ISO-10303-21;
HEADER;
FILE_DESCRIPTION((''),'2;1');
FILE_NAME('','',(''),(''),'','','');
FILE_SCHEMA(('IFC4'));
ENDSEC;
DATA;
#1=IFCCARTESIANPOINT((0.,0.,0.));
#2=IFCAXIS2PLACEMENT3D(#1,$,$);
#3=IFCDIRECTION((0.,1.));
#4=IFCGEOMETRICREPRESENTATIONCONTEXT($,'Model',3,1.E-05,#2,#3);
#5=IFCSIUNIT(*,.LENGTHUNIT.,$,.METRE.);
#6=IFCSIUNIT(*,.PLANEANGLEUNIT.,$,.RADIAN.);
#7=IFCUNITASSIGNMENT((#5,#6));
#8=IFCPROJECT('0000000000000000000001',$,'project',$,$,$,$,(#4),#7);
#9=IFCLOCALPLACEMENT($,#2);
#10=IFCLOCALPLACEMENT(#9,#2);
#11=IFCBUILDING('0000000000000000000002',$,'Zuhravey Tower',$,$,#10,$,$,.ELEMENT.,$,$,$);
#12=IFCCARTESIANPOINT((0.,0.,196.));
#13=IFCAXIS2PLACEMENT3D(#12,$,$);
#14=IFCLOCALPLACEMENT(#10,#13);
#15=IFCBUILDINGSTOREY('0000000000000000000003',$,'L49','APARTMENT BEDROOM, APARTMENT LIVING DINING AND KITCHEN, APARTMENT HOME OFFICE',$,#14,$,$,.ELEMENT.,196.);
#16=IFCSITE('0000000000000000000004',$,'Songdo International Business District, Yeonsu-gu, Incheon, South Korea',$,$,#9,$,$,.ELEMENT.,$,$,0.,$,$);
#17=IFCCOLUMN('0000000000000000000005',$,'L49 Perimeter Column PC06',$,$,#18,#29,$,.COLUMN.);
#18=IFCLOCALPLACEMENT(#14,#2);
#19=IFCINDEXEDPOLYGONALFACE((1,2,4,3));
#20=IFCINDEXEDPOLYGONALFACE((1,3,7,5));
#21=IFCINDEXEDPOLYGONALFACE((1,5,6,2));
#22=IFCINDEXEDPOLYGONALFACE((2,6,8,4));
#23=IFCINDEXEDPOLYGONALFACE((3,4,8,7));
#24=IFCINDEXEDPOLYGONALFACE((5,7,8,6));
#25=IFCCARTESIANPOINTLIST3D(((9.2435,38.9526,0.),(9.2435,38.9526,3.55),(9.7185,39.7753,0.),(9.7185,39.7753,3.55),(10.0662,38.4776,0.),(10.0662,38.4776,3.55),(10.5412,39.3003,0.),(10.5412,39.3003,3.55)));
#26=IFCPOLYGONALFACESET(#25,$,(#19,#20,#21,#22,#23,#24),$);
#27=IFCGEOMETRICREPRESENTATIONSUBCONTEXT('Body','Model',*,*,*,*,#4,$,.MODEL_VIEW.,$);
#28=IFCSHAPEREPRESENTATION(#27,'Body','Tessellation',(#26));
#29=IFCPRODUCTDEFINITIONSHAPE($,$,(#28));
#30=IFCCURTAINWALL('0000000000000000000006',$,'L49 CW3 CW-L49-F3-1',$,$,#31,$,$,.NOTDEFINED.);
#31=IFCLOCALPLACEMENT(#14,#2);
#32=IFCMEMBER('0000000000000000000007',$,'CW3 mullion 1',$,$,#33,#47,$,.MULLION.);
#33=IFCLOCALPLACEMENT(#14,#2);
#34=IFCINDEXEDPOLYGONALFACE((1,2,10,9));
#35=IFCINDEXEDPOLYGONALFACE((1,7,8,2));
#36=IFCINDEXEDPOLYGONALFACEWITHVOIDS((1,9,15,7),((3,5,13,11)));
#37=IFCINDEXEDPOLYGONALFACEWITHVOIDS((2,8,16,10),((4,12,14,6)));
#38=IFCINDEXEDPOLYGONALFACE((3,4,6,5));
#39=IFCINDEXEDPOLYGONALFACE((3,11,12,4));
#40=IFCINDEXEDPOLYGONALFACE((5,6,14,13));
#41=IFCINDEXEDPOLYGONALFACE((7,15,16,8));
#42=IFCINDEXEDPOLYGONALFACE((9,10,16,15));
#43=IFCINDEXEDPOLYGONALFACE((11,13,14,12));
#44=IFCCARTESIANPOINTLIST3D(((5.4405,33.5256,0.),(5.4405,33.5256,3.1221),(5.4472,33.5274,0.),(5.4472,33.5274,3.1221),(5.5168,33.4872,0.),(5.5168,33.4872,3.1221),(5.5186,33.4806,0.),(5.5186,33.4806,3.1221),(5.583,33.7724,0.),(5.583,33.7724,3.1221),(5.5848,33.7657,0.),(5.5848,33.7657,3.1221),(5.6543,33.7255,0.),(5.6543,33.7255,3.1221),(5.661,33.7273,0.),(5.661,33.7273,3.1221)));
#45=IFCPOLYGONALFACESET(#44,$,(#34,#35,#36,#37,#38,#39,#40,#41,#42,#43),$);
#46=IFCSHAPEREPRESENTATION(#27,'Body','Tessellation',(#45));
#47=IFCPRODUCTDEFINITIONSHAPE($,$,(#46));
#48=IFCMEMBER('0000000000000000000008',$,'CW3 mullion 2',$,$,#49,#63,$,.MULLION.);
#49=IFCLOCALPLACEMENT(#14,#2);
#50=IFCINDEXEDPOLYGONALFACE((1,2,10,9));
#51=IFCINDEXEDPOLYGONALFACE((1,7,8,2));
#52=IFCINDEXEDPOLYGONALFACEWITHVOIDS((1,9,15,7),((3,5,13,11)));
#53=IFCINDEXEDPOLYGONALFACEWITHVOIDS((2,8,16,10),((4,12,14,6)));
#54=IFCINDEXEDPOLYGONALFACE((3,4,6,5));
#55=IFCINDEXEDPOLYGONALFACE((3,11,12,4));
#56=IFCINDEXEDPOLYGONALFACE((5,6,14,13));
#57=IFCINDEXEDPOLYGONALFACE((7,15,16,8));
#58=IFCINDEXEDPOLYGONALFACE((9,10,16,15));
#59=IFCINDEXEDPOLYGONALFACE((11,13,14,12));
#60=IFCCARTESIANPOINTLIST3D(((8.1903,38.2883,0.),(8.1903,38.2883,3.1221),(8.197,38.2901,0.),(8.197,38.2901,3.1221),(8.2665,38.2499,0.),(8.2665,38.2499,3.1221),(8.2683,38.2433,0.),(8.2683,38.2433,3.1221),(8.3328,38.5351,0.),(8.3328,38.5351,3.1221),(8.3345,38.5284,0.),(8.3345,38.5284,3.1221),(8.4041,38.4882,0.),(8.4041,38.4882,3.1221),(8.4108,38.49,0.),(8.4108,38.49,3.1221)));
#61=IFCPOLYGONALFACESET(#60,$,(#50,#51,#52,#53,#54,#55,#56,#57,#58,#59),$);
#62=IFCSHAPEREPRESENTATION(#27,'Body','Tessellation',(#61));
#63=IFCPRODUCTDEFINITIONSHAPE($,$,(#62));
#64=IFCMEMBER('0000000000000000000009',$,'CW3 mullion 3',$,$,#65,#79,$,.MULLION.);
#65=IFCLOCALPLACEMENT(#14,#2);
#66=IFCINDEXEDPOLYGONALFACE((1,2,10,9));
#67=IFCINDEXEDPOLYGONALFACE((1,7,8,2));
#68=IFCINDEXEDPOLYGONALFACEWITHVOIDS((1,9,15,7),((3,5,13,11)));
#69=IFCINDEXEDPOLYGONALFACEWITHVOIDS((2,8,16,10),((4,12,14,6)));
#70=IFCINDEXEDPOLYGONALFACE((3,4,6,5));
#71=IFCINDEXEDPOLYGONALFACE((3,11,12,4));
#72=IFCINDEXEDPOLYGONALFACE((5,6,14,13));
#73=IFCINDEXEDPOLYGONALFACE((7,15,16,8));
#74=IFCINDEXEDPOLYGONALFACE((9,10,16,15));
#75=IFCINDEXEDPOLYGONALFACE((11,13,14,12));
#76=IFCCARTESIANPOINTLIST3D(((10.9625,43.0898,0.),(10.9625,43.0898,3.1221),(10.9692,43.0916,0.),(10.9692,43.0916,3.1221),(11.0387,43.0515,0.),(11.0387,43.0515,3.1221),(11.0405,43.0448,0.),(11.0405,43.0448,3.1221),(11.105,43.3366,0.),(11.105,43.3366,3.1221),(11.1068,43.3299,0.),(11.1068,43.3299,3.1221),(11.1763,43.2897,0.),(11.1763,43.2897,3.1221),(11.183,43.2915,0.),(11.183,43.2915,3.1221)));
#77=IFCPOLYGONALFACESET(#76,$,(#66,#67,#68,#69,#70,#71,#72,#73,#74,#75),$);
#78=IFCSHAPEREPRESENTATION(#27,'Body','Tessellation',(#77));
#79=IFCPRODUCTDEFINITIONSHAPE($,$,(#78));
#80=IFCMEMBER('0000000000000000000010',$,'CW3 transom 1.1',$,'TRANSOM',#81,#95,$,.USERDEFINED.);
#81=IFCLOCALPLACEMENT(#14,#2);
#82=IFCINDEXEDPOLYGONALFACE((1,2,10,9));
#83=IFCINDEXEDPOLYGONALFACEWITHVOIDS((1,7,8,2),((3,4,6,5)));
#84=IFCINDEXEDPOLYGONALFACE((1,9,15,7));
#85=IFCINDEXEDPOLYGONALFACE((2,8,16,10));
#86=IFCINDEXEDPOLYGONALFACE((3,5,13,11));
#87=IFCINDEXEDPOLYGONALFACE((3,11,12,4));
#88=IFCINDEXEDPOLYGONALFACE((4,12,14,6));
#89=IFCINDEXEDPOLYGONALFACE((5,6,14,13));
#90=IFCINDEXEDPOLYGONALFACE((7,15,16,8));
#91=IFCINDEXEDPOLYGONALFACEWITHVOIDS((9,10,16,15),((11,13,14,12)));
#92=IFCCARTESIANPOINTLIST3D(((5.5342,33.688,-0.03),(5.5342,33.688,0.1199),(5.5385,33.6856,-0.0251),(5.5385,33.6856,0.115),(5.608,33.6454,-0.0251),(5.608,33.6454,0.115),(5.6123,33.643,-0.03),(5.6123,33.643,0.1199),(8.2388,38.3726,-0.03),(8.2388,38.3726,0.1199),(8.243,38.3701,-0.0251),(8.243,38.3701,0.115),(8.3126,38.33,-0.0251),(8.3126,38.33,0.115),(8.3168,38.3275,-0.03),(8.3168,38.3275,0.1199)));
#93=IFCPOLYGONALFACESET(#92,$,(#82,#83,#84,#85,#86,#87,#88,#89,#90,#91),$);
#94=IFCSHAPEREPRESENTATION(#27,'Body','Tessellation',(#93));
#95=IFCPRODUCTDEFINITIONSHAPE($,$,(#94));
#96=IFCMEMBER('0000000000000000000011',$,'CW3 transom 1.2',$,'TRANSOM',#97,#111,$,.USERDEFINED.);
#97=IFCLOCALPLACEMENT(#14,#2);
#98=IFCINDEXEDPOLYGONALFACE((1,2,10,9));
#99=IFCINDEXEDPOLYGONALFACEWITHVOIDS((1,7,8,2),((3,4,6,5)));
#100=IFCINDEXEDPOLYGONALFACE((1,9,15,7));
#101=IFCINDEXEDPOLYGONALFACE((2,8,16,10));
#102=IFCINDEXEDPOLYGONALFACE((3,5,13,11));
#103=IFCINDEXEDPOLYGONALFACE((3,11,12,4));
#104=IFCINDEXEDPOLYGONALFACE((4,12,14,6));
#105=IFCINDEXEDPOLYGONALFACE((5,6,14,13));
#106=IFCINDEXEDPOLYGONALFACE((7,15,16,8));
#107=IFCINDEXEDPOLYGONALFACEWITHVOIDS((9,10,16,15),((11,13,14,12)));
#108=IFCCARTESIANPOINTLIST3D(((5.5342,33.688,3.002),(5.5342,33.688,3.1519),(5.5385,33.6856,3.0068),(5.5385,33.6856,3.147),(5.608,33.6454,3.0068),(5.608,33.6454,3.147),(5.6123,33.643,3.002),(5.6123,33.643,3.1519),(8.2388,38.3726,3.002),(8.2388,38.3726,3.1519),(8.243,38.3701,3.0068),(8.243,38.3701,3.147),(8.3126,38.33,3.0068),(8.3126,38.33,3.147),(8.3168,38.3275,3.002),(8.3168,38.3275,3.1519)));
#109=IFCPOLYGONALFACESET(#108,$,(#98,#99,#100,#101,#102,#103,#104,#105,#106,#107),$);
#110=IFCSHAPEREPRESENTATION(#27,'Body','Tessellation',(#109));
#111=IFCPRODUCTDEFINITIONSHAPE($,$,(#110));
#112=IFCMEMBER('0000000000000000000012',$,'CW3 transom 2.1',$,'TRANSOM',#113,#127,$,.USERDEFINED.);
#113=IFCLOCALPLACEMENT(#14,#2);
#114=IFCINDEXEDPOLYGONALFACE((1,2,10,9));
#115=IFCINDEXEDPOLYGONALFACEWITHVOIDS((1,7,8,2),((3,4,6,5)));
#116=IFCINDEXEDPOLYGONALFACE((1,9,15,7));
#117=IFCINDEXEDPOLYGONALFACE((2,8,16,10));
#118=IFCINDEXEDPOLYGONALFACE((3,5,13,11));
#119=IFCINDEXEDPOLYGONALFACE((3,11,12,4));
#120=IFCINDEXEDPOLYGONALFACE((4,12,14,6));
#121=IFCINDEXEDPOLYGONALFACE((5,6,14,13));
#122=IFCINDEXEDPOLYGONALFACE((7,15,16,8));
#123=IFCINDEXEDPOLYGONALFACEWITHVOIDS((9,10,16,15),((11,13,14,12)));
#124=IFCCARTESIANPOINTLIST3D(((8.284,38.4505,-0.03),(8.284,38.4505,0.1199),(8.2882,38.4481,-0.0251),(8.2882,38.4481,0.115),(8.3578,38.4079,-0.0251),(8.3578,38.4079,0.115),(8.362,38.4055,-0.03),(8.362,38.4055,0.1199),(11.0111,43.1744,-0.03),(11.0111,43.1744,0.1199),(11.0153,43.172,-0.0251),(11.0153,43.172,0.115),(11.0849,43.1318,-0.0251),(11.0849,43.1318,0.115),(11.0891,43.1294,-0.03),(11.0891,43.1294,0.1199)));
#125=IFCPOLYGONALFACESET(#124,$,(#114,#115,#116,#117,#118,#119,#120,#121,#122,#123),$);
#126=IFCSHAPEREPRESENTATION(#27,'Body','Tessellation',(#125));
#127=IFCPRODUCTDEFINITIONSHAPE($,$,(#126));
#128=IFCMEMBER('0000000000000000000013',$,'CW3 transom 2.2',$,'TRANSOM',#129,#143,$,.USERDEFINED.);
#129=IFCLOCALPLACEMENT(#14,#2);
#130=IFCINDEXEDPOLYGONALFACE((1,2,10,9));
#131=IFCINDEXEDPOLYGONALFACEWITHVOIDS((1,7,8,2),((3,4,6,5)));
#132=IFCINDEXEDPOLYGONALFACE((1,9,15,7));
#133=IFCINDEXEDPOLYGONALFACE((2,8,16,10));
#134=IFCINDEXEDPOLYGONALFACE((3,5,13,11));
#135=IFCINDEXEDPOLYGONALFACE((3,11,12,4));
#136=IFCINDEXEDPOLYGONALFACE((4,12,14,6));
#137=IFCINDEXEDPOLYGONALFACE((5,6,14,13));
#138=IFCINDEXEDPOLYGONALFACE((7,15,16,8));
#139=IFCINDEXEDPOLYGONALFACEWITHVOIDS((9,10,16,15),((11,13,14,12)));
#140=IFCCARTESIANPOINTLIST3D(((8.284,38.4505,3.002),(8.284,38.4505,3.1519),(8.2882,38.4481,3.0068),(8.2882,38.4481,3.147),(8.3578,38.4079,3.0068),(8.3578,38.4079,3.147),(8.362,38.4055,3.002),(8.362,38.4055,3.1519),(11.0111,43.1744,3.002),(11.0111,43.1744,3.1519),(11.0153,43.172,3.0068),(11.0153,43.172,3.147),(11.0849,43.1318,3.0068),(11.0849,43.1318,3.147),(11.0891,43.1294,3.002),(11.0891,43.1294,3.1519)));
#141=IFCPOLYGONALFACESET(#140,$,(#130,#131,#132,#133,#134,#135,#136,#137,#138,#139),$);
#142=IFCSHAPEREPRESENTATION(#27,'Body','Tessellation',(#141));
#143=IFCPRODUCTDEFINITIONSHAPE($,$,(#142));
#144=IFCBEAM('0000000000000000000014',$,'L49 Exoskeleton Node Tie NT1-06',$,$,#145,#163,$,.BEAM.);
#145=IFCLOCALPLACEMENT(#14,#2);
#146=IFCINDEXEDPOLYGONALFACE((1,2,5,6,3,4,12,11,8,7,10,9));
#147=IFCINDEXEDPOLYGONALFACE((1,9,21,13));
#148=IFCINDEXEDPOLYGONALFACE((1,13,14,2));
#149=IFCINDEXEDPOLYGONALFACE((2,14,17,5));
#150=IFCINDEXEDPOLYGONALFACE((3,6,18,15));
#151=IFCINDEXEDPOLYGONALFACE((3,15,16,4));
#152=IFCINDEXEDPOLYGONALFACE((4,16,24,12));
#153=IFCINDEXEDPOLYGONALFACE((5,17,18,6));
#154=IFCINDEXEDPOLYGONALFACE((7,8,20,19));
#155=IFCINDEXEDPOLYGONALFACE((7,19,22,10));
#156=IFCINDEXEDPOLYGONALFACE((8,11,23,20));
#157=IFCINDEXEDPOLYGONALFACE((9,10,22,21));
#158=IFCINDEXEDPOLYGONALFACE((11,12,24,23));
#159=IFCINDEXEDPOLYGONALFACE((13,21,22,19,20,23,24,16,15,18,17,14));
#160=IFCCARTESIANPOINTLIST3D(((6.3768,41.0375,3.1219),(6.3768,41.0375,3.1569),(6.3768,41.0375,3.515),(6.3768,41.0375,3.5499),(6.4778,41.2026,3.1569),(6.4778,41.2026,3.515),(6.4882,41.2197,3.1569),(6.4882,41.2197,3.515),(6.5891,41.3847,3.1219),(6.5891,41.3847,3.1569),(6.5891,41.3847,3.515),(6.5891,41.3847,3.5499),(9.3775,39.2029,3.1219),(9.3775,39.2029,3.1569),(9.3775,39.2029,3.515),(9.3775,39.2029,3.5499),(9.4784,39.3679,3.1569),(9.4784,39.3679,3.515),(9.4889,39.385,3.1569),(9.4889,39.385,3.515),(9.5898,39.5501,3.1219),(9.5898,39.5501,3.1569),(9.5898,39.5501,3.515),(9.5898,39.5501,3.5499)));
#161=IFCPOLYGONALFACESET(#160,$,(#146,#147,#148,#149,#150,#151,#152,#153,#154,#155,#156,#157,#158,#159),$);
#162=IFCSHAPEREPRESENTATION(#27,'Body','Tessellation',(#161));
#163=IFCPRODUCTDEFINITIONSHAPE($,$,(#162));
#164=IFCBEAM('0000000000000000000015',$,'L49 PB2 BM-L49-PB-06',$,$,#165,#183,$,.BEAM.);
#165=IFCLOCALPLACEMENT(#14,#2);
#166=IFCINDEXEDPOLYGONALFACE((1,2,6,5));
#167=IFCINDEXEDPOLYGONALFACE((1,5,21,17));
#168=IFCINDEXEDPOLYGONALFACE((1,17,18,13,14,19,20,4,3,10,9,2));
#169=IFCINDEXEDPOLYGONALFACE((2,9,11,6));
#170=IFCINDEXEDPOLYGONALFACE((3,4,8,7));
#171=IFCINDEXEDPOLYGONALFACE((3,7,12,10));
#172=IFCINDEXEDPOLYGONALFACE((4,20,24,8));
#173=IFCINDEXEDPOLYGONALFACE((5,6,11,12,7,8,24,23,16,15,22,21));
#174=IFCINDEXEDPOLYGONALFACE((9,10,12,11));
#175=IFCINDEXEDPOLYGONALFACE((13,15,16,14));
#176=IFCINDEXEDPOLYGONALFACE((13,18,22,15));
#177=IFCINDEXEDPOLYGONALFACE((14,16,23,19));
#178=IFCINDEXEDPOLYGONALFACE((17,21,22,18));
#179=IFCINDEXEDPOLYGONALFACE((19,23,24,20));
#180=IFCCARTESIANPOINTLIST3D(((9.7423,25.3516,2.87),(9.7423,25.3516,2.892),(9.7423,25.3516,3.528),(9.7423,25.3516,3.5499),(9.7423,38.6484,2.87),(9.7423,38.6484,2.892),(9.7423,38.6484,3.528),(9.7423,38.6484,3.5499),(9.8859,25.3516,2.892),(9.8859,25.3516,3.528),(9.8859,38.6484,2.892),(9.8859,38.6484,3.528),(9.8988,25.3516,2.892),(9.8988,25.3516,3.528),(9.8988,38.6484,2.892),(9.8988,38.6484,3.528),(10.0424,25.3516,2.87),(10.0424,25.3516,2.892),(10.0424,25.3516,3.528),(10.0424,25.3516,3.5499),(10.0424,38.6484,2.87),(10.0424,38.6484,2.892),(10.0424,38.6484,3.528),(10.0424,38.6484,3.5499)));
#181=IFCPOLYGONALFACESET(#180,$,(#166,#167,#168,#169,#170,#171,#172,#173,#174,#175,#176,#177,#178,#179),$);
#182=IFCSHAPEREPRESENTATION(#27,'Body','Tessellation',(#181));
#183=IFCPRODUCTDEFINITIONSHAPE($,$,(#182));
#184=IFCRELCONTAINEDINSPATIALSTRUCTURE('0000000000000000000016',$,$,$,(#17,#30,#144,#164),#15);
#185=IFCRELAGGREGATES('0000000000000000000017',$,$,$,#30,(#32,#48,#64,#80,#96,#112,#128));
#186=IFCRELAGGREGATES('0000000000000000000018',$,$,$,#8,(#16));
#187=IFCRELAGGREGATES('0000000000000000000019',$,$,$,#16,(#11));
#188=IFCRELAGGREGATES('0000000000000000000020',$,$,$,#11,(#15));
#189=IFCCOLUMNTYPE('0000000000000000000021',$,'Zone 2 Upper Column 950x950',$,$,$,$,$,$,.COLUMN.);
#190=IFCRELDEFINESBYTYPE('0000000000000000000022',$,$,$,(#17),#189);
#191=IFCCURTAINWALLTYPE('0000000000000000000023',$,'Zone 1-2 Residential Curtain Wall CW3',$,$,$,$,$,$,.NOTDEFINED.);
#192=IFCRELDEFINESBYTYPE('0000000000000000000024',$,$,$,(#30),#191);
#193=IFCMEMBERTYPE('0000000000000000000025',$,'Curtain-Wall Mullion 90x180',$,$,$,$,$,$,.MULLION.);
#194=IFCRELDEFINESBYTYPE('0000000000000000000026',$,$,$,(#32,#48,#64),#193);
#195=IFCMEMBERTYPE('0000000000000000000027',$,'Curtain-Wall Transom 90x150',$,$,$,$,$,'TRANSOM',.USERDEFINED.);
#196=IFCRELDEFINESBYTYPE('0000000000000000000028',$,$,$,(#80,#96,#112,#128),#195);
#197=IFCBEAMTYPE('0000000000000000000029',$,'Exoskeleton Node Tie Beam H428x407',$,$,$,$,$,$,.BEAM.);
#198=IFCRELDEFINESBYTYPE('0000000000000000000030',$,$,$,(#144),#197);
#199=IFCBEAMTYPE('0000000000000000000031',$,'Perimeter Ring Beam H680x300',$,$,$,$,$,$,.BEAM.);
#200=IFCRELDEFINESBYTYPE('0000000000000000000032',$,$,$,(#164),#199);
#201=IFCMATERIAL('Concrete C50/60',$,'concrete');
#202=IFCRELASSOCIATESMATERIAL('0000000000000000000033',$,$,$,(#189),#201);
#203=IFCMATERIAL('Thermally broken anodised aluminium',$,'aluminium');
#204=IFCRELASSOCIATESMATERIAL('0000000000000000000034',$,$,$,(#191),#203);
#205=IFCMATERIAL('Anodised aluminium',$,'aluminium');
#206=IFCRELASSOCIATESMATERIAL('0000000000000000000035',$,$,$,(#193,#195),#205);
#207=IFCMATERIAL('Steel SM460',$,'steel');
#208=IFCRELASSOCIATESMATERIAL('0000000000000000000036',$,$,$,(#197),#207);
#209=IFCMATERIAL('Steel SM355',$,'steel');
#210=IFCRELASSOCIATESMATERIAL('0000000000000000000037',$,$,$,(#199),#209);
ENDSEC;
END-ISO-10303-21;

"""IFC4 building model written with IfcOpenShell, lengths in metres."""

from ifc_helpers import new_model, si_unit, direction, frame, origin, origin_2d, place, context, subcontext, project, spatial, rectangle, hollow_rectangle, i_section, extrude, material, material_profile, profile_set, type_object, element, aggregate, save


model = new_model("IFC4")

# Units and contexts
model_context = context("Model", 3, precision=1e-05, world=origin(), true_north=direction((0.0, 1.0)))
body_context = subcontext(model_context, "Body", "Model", "MODEL_VIEW")
ifc_project = project(units=[si_unit("LENGTHUNIT", "METRE"), si_unit("PLANEANGLEUNIT", "RADIAN")], contexts=[model_context])

# Site, building, storey
site_placement = place(None, origin())
site = spatial("IfcSite", under=ifc_project, at=site_placement, Name="Songdo International Business District, Yeonsu-gu, Incheon, South Korea", CompositionType="ELEMENT", RefElevation=0.0)
building_placement = place(site_placement, origin())
building = spatial("IfcBuilding", under=site, at=building_placement, Name="Zuhravey Tower", CompositionType="ELEMENT")
storey_placement = place(building_placement, frame((0.0, 0.0, 196.0)))
storey = spatial("IfcBuildingStorey", under=building, at=storey_placement, Name="L49", Description="APARTMENT BEDROOM, APARTMENT LIVING DINING AND KITCHEN, APARTMENT HOME OFFICE", CompositionType="ELEMENT", Elevation=196.0)

# Column
ifc_material_1 = material(Name="Concrete C50/60", Category="concrete")
ifc_material_profile_1 = material_profile(ifc_material_1, rectangle(XDim=0.95, YDim=0.95, at=origin_2d()), Name="RC-950x950")
ifc_profile_set_1 = profile_set([ifc_material_profile_1], Name="Concrete C50/60")
column_type = type_object("IfcColumnType", Name="Zone 2 Upper Column 950x950", PredefinedType="COLUMN", material=ifc_profile_set_1)
column_placement = place(storey_placement, frame((9.8923, 39.1265, 0.0), z_axis=(0.0, 0.0, 1.0), x_axis=(-0.5, -0.866025, 0.0)))
element("IfcColumn", 1, at=column_placement, inside=storey, type_object=column_type, Name="L49 Perimeter Column PC06", PredefinedType="COLUMN", context=body_context, shape_type="SweptSolid", body=[
    extrude(rectangle(XDim=0.95, YDim=0.95, at=origin_2d()), origin(), (0.0, 0.0, 1.0), 3.55),
])

# Curtain wall, members
ifc_material_2 = material(Name="Thermally broken anodised aluminium", Category="aluminium")
curtain_wall_type = type_object("IfcCurtainWallType", Name="Zone 1-2 Residential Curtain Wall CW3", PredefinedType="NOTDEFINED", material=ifc_material_2)
curtain_wall_placement = place(storey_placement, origin())
curtain_wall = element("IfcCurtainWall", 2, at=curtain_wall_placement, inside=storey, type_object=curtain_wall_type, Name="L49 CW3 CW-L49-F3-1", PredefinedType="NOTDEFINED")
ifc_material_3 = material(Name="Anodised aluminium", Category="aluminium")
ifc_material_profile_2 = material_profile(ifc_material_3, hollow_rectangle(XDim=0.0901, YDim=0.2849, WallThickness=0.0049, at=origin_2d()), Name="ALU-RHS-90x285x5")
ifc_profile_set_2 = profile_set([ifc_material_profile_2], Name="Anodised aluminium")
member_type_1 = type_object("IfcMemberType", Name="Curtain-Wall Mullion 90x180", PredefinedType="MULLION", material=ifc_profile_set_2)
member_1_placement = place(storey_placement, frame((5.5508, 33.6265, 0.0), z_axis=(0.0, 0.0, 1.0), x_axis=(-0.866025, 0.5, 0.0)))
member_1 = element("IfcMember", 3, at=member_1_placement, type_object=member_type_1, Name="CW3 mullion 1", PredefinedType="MULLION", context=body_context, shape_type="SweptSolid", body=[
    extrude(hollow_rectangle(XDim=0.0901, YDim=0.2849, WallThickness=0.0049, at=origin_2d()), origin(), (0.0, 0.0, 1.0), 3.1221),
])
member_2_placement = place(storey_placement, frame((8.3005, 38.3892, 0.0), z_axis=(0.0, 0.0, 1.0), x_axis=(-0.866025, 0.5, 0.0)))
member_2 = element("IfcMember", 4, at=member_2_placement, type_object=member_type_1, Name="CW3 mullion 2", PredefinedType="MULLION", context=body_context, shape_type="SweptSolid", body=[
    extrude(hollow_rectangle(XDim=0.0901, YDim=0.2849, WallThickness=0.0049, at=origin_2d()), origin(), (0.0, 0.0, 1.0), 3.1221),
])
member_3_placement = place(storey_placement, frame((11.0728, 43.1907, 0.0), z_axis=(0.0, 0.0, 1.0), x_axis=(-0.866025, 0.5, 0.0)))
member_3 = element("IfcMember", 5, at=member_3_placement, type_object=member_type_1, Name="CW3 mullion 3", PredefinedType="MULLION", context=body_context, shape_type="SweptSolid", body=[
    extrude(hollow_rectangle(XDim=0.0901, YDim=0.2849, WallThickness=0.0049, at=origin_2d()), origin(), (0.0, 0.0, 1.0), 3.1221),
])
ifc_material_profile_3 = material_profile(ifc_material_3, hollow_rectangle(XDim=0.0901, YDim=0.1499, WallThickness=0.0049, at=origin_2d()), Name="ALU-RHS-90x150x5")
ifc_profile_set_3 = profile_set([ifc_material_profile_3], Name="Anodised aluminium")
member_type_2 = type_object("IfcMemberType", Name="Curtain-Wall Transom 90x150", ElementType="TRANSOM", PredefinedType="USERDEFINED", material=ifc_profile_set_3)
member_4_placement = place(storey_placement, frame((5.5732, 33.6655, 0.0449), z_axis=(0.499993, 0.866029, 0.0), x_axis=(-0.866029, 0.499993, 0.0)))
member_4 = element("IfcMember", 6, at=member_4_placement, type_object=member_type_2, Name="CW3 transom 1.1", ObjectType="TRANSOM", PredefinedType="USERDEFINED", context=body_context, shape_type="SweptSolid", body=[
    extrude(hollow_rectangle(XDim=0.0901, YDim=0.1499, WallThickness=0.0049, at=origin_2d()), origin(), (0.0, 0.0, 1.0), 5.4092),
])
member_5_placement = place(storey_placement, frame((5.5732, 33.6655, 3.0769), z_axis=(0.499993, 0.866029, 0.0), x_axis=(-0.866029, 0.499993, 0.0)))
member_5 = element("IfcMember", 7, at=member_5_placement, type_object=member_type_2, Name="CW3 transom 1.2", ObjectType="TRANSOM", PredefinedType="USERDEFINED", context=body_context, shape_type="SweptSolid", body=[
    extrude(hollow_rectangle(XDim=0.0901, YDim=0.1499, WallThickness=0.0049, at=origin_2d()), origin(), (0.0, 0.0, 1.0), 5.4092),
])
member_6_placement = place(storey_placement, frame((8.323, 38.428, 0.0449), z_axis=(0.499961, 0.866048, 0.0), x_axis=(-0.866048, 0.499961, 0.0)))
member_6 = element("IfcMember", 8, at=member_6_placement, type_object=member_type_2, Name="CW3 transom 2.1", ObjectType="TRANSOM", PredefinedType="USERDEFINED", context=body_context, shape_type="SweptSolid", body=[
    extrude(hollow_rectangle(XDim=0.0901, YDim=0.1499, WallThickness=0.0049, at=origin_2d()), origin(), (0.0, 0.0, 1.0), 5.4546),
])
member_7_placement = place(storey_placement, frame((8.323, 38.428, 3.0769), z_axis=(0.499961, 0.866048, 0.0), x_axis=(-0.866048, 0.499961, 0.0)))
member_7 = element("IfcMember", 9, at=member_7_placement, type_object=member_type_2, Name="CW3 transom 2.2", ObjectType="TRANSOM", PredefinedType="USERDEFINED", context=body_context, shape_type="SweptSolid", body=[
    extrude(hollow_rectangle(XDim=0.0901, YDim=0.1499, WallThickness=0.0049, at=origin_2d()), origin(), (0.0, 0.0, 1.0), 5.4546),
])

# Beams
ifc_material_4 = material(Name="Steel SM460", Category="steel")
ifc_material_profile_4 = material_profile(ifc_material_4, i_section(OverallWidth=0.407, OverallDepth=0.428, WebThickness=0.02, FlangeThickness=0.0349, at=origin_2d()), Name="H-428x407x20x35")
ifc_profile_set_4 = profile_set([ifc_material_profile_4], Name="Steel SM460")
beam_type_1 = type_object("IfcBeamType", Name="Exoskeleton Node Tie Beam H428x407", PredefinedType="BEAM", material=ifc_profile_set_4)
beam_1_placement = place(storey_placement, frame((9.4836, 39.3765, 3.3359), z_axis=(-0.853163, 0.521644, 0.0), x_axis=(-0.521644, -0.853163, 0.0)))
element("IfcBeam", 10, at=beam_1_placement, inside=storey, type_object=beam_type_1, Name="L49 Exoskeleton Node Tie NT1-06", PredefinedType="BEAM", context=body_context, shape_type="SweptSolid", body=[
    extrude(i_section(OverallWidth=0.407, OverallDepth=0.428, WebThickness=0.02, FlangeThickness=0.0349, at=origin_2d()), origin(), (0.0, 0.0, 1.0), 3.5171),
])
ifc_material_5 = material(Name="Steel SM355", Category="steel")
ifc_material_profile_5 = material_profile(ifc_material_5, i_section(OverallWidth=0.3, OverallDepth=0.6799, WebThickness=0.0129, FlangeThickness=0.022, at=origin_2d()), Name="H-680x300x13x22")
ifc_profile_set_5 = profile_set([ifc_material_profile_5], Name="Steel SM355")
beam_type_2 = type_object("IfcBeamType", Name="Perimeter Ring Beam H680x300", PredefinedType="BEAM", material=ifc_profile_set_5)
beam_2_placement = place(storey_placement, frame((9.8923, 38.6484, 3.21), z_axis=(0.0, -1.0, 0.0), x_axis=(1.0, 0.0, 0.0)))
element("IfcBeam", 11, at=beam_2_placement, inside=storey, type_object=beam_type_2, Name="L49 PB2 BM-L49-PB-06", PredefinedType="BEAM", context=body_context, shape_type="SweptSolid", body=[
    extrude(i_section(OverallWidth=0.3, OverallDepth=0.6799, WebThickness=0.0129, FlangeThickness=0.022, at=origin_2d()), origin(), (0.0, 0.0, 1.0), 13.2969),
])

aggregate(curtain_wall, [member_1, member_2, member_3, member_4, member_5, member_6, member_7])

save(model, "model.ifc")
